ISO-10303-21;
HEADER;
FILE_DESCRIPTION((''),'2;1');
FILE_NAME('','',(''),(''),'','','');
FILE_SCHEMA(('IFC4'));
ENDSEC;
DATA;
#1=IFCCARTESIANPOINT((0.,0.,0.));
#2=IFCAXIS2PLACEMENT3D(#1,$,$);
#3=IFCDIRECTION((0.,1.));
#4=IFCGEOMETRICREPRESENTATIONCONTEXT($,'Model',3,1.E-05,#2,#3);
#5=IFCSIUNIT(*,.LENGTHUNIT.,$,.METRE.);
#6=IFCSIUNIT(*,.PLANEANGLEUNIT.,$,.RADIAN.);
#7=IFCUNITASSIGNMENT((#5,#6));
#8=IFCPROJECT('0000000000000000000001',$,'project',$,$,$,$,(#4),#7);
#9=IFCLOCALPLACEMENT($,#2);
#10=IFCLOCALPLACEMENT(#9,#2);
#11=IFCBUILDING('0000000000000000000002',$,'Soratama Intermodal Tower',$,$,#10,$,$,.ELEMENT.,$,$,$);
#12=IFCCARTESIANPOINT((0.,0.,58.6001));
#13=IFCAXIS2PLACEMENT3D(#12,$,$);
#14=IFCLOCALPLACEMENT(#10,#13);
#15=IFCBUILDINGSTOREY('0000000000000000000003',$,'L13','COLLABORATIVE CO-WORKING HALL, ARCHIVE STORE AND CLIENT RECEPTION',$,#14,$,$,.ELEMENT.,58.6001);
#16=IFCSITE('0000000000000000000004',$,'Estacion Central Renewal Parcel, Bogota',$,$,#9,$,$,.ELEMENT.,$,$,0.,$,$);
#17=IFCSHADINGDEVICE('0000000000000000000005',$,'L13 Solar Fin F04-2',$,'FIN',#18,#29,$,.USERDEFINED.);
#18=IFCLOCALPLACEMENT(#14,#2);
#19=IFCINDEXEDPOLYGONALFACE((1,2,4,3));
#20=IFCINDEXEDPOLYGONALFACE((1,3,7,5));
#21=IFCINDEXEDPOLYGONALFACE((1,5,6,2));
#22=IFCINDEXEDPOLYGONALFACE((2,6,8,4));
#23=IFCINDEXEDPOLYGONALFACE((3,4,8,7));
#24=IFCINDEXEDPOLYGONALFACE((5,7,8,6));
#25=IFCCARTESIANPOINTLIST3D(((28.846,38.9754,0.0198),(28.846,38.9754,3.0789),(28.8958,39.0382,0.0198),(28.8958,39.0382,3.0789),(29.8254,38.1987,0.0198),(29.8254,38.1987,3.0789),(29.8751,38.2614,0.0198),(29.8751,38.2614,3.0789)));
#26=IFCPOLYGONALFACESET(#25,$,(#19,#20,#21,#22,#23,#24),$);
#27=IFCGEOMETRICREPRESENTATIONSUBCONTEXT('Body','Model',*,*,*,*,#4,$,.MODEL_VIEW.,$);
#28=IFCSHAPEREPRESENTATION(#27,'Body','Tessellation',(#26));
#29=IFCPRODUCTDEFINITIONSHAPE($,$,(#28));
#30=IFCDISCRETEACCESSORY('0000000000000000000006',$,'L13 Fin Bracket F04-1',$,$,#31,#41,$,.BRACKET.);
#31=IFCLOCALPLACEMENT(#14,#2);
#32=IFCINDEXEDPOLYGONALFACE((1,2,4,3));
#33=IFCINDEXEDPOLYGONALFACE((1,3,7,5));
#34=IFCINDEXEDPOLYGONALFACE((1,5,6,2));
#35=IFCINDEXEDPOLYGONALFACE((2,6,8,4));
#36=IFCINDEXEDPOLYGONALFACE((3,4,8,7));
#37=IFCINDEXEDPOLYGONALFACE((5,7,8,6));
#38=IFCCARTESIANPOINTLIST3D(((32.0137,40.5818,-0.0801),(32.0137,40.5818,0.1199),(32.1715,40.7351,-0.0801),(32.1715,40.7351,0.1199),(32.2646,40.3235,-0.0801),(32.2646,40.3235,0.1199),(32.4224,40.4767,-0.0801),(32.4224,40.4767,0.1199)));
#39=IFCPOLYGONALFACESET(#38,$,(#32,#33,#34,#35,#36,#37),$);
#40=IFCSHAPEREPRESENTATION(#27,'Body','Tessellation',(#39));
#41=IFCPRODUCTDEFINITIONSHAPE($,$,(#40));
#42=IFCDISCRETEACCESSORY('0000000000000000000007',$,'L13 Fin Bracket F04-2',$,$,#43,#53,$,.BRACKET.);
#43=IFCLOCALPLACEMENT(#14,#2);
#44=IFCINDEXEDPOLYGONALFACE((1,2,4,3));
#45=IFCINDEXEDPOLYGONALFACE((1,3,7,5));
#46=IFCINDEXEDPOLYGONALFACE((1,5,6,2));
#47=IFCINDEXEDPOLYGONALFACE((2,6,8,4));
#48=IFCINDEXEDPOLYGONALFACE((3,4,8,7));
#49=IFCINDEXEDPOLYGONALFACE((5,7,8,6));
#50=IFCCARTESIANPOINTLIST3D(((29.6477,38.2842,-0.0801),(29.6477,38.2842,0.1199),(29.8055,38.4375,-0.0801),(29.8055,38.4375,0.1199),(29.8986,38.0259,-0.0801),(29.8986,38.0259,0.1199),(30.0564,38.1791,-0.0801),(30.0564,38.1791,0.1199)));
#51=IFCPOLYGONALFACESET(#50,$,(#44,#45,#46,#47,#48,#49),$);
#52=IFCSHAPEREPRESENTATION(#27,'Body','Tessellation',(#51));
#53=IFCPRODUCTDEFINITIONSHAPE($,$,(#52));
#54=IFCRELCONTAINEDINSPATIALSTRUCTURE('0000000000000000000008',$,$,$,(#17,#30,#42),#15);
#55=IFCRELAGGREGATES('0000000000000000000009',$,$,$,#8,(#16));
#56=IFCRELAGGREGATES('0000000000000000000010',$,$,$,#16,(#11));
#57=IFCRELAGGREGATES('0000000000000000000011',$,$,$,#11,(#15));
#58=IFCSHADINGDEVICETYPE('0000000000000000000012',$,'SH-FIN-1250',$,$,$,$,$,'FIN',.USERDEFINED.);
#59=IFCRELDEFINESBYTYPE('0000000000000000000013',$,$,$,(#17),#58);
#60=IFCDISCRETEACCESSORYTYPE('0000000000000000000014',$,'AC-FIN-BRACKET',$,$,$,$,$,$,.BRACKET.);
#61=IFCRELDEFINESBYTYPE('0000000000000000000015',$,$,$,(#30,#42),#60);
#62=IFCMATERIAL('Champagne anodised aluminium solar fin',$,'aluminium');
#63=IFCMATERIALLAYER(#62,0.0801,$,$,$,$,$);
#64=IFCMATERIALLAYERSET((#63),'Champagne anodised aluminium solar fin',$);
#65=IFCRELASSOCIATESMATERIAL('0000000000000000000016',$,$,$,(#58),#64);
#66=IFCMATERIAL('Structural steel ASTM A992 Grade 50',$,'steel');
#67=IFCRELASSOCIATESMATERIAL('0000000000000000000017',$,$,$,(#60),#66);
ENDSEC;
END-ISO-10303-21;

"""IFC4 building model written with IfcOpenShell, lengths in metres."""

from ifc_helpers import new_model, si_unit, direction, frame, origin, origin_2d, place, context, subcontext, project, spatial, rectangle, extrude, material, layer, layer_set, type_object, element, save


model = new_model("IFC4")

# Units and contexts
model_context = context("Model", 3, precision=1e-05, world=origin(), true_north=direction((0.0, 1.0)))
body_context = subcontext(model_context, "Body", "Model", "MODEL_VIEW")
ifc_project = project(units=[si_unit("LENGTHUNIT", "METRE"), si_unit("PLANEANGLEUNIT", "RADIAN")], contexts=[model_context])

# Site, building, storey
site_placement = place(None, origin())
site = spatial("IfcSite", under=ifc_project, at=site_placement, Name="Estacion Central Renewal Parcel, Bogota", CompositionType="ELEMENT", RefElevation=0.0)
building_placement = place(site_placement, origin())
building = spatial("IfcBuilding", under=site, at=building_placement, Name="Soratama Intermodal Tower", CompositionType="ELEMENT")
storey_placement = place(building_placement, frame((0.0, 0.0, 58.6001)))
storey = spatial("IfcBuildingStorey", under=building, at=storey_placement, Name="L13", Description="COLLABORATIVE CO-WORKING HALL, ARCHIVE STORE AND CLIENT RECEPTION", CompositionType="ELEMENT", Elevation=58.6001)

# Shading device
ifc_material_1 = material(Name="Champagne anodised aluminium solar fin", Category="aluminium")
ifc_layer_1 = layer(ifc_material_1, 0.0801)
ifc_layer_set_1 = layer_set([ifc_layer_1], Name="Champagne anodised aluminium solar fin")
shading_device_type = type_object("IfcShadingDeviceType", Name="SH-FIN-1250", ElementType="FIN", PredefinedType="USERDEFINED", material=ifc_layer_set_1)
for number, where, z_axis, x_axis, name in (
    (1, (29.3606, 38.6184, 0.0198), (0.0, 0.0, 1.0), (-0.783477, 0.621421, 0.0), "L13 Solar Fin F04-2"),
):
    element("IfcShadingDevice", number, at=place(storey_placement, frame(where, z_axis=z_axis, x_axis=x_axis)), inside=storey, type_object=shading_device_type, Name=name, ObjectType="FIN", PredefinedType="USERDEFINED", context=body_context, shape_type="SweptSolid", body=[
        extrude(rectangle(XDim=1.25, YDim=0.0801, at=origin_2d()), origin(), (0.0, 0.0, 1.0), 3.0591),
    ])

# Discrete accessories
ifc_material_2 = material(Name="Structural steel ASTM A992 Grade 50", Category="steel")
discrete_accessory_type = type_object("IfcDiscreteAccessoryType", Name="AC-FIN-BRACKET", PredefinedType="BRACKET", material=ifc_material_2)
for number, where, z_axis, x_axis, name in (
    (2, (32.218, 40.5293, -0.0801), (0.0, 0.0, 1.0), (-0.696664, 0.717397, 0.0), "L13 Fin Bracket F04-1"),
    (3, (29.8521, 38.2317, -0.0801), (0.0, 0.0, 1.0), (-0.696664, 0.717397, 0.0), "L13 Fin Bracket F04-2"),
):
    element("IfcDiscreteAccessory", number, at=place(storey_placement, frame(where, z_axis=z_axis, x_axis=x_axis)), inside=storey, type_object=discrete_accessory_type, Name=name, PredefinedType="BRACKET", context=body_context, shape_type="SweptSolid", body=[
        extrude(rectangle(XDim=0.3601, YDim=0.22, at=origin_2d()), origin(), (0.0, 0.0, 1.0), 0.2),
    ])

save(model, "model.ifc")
